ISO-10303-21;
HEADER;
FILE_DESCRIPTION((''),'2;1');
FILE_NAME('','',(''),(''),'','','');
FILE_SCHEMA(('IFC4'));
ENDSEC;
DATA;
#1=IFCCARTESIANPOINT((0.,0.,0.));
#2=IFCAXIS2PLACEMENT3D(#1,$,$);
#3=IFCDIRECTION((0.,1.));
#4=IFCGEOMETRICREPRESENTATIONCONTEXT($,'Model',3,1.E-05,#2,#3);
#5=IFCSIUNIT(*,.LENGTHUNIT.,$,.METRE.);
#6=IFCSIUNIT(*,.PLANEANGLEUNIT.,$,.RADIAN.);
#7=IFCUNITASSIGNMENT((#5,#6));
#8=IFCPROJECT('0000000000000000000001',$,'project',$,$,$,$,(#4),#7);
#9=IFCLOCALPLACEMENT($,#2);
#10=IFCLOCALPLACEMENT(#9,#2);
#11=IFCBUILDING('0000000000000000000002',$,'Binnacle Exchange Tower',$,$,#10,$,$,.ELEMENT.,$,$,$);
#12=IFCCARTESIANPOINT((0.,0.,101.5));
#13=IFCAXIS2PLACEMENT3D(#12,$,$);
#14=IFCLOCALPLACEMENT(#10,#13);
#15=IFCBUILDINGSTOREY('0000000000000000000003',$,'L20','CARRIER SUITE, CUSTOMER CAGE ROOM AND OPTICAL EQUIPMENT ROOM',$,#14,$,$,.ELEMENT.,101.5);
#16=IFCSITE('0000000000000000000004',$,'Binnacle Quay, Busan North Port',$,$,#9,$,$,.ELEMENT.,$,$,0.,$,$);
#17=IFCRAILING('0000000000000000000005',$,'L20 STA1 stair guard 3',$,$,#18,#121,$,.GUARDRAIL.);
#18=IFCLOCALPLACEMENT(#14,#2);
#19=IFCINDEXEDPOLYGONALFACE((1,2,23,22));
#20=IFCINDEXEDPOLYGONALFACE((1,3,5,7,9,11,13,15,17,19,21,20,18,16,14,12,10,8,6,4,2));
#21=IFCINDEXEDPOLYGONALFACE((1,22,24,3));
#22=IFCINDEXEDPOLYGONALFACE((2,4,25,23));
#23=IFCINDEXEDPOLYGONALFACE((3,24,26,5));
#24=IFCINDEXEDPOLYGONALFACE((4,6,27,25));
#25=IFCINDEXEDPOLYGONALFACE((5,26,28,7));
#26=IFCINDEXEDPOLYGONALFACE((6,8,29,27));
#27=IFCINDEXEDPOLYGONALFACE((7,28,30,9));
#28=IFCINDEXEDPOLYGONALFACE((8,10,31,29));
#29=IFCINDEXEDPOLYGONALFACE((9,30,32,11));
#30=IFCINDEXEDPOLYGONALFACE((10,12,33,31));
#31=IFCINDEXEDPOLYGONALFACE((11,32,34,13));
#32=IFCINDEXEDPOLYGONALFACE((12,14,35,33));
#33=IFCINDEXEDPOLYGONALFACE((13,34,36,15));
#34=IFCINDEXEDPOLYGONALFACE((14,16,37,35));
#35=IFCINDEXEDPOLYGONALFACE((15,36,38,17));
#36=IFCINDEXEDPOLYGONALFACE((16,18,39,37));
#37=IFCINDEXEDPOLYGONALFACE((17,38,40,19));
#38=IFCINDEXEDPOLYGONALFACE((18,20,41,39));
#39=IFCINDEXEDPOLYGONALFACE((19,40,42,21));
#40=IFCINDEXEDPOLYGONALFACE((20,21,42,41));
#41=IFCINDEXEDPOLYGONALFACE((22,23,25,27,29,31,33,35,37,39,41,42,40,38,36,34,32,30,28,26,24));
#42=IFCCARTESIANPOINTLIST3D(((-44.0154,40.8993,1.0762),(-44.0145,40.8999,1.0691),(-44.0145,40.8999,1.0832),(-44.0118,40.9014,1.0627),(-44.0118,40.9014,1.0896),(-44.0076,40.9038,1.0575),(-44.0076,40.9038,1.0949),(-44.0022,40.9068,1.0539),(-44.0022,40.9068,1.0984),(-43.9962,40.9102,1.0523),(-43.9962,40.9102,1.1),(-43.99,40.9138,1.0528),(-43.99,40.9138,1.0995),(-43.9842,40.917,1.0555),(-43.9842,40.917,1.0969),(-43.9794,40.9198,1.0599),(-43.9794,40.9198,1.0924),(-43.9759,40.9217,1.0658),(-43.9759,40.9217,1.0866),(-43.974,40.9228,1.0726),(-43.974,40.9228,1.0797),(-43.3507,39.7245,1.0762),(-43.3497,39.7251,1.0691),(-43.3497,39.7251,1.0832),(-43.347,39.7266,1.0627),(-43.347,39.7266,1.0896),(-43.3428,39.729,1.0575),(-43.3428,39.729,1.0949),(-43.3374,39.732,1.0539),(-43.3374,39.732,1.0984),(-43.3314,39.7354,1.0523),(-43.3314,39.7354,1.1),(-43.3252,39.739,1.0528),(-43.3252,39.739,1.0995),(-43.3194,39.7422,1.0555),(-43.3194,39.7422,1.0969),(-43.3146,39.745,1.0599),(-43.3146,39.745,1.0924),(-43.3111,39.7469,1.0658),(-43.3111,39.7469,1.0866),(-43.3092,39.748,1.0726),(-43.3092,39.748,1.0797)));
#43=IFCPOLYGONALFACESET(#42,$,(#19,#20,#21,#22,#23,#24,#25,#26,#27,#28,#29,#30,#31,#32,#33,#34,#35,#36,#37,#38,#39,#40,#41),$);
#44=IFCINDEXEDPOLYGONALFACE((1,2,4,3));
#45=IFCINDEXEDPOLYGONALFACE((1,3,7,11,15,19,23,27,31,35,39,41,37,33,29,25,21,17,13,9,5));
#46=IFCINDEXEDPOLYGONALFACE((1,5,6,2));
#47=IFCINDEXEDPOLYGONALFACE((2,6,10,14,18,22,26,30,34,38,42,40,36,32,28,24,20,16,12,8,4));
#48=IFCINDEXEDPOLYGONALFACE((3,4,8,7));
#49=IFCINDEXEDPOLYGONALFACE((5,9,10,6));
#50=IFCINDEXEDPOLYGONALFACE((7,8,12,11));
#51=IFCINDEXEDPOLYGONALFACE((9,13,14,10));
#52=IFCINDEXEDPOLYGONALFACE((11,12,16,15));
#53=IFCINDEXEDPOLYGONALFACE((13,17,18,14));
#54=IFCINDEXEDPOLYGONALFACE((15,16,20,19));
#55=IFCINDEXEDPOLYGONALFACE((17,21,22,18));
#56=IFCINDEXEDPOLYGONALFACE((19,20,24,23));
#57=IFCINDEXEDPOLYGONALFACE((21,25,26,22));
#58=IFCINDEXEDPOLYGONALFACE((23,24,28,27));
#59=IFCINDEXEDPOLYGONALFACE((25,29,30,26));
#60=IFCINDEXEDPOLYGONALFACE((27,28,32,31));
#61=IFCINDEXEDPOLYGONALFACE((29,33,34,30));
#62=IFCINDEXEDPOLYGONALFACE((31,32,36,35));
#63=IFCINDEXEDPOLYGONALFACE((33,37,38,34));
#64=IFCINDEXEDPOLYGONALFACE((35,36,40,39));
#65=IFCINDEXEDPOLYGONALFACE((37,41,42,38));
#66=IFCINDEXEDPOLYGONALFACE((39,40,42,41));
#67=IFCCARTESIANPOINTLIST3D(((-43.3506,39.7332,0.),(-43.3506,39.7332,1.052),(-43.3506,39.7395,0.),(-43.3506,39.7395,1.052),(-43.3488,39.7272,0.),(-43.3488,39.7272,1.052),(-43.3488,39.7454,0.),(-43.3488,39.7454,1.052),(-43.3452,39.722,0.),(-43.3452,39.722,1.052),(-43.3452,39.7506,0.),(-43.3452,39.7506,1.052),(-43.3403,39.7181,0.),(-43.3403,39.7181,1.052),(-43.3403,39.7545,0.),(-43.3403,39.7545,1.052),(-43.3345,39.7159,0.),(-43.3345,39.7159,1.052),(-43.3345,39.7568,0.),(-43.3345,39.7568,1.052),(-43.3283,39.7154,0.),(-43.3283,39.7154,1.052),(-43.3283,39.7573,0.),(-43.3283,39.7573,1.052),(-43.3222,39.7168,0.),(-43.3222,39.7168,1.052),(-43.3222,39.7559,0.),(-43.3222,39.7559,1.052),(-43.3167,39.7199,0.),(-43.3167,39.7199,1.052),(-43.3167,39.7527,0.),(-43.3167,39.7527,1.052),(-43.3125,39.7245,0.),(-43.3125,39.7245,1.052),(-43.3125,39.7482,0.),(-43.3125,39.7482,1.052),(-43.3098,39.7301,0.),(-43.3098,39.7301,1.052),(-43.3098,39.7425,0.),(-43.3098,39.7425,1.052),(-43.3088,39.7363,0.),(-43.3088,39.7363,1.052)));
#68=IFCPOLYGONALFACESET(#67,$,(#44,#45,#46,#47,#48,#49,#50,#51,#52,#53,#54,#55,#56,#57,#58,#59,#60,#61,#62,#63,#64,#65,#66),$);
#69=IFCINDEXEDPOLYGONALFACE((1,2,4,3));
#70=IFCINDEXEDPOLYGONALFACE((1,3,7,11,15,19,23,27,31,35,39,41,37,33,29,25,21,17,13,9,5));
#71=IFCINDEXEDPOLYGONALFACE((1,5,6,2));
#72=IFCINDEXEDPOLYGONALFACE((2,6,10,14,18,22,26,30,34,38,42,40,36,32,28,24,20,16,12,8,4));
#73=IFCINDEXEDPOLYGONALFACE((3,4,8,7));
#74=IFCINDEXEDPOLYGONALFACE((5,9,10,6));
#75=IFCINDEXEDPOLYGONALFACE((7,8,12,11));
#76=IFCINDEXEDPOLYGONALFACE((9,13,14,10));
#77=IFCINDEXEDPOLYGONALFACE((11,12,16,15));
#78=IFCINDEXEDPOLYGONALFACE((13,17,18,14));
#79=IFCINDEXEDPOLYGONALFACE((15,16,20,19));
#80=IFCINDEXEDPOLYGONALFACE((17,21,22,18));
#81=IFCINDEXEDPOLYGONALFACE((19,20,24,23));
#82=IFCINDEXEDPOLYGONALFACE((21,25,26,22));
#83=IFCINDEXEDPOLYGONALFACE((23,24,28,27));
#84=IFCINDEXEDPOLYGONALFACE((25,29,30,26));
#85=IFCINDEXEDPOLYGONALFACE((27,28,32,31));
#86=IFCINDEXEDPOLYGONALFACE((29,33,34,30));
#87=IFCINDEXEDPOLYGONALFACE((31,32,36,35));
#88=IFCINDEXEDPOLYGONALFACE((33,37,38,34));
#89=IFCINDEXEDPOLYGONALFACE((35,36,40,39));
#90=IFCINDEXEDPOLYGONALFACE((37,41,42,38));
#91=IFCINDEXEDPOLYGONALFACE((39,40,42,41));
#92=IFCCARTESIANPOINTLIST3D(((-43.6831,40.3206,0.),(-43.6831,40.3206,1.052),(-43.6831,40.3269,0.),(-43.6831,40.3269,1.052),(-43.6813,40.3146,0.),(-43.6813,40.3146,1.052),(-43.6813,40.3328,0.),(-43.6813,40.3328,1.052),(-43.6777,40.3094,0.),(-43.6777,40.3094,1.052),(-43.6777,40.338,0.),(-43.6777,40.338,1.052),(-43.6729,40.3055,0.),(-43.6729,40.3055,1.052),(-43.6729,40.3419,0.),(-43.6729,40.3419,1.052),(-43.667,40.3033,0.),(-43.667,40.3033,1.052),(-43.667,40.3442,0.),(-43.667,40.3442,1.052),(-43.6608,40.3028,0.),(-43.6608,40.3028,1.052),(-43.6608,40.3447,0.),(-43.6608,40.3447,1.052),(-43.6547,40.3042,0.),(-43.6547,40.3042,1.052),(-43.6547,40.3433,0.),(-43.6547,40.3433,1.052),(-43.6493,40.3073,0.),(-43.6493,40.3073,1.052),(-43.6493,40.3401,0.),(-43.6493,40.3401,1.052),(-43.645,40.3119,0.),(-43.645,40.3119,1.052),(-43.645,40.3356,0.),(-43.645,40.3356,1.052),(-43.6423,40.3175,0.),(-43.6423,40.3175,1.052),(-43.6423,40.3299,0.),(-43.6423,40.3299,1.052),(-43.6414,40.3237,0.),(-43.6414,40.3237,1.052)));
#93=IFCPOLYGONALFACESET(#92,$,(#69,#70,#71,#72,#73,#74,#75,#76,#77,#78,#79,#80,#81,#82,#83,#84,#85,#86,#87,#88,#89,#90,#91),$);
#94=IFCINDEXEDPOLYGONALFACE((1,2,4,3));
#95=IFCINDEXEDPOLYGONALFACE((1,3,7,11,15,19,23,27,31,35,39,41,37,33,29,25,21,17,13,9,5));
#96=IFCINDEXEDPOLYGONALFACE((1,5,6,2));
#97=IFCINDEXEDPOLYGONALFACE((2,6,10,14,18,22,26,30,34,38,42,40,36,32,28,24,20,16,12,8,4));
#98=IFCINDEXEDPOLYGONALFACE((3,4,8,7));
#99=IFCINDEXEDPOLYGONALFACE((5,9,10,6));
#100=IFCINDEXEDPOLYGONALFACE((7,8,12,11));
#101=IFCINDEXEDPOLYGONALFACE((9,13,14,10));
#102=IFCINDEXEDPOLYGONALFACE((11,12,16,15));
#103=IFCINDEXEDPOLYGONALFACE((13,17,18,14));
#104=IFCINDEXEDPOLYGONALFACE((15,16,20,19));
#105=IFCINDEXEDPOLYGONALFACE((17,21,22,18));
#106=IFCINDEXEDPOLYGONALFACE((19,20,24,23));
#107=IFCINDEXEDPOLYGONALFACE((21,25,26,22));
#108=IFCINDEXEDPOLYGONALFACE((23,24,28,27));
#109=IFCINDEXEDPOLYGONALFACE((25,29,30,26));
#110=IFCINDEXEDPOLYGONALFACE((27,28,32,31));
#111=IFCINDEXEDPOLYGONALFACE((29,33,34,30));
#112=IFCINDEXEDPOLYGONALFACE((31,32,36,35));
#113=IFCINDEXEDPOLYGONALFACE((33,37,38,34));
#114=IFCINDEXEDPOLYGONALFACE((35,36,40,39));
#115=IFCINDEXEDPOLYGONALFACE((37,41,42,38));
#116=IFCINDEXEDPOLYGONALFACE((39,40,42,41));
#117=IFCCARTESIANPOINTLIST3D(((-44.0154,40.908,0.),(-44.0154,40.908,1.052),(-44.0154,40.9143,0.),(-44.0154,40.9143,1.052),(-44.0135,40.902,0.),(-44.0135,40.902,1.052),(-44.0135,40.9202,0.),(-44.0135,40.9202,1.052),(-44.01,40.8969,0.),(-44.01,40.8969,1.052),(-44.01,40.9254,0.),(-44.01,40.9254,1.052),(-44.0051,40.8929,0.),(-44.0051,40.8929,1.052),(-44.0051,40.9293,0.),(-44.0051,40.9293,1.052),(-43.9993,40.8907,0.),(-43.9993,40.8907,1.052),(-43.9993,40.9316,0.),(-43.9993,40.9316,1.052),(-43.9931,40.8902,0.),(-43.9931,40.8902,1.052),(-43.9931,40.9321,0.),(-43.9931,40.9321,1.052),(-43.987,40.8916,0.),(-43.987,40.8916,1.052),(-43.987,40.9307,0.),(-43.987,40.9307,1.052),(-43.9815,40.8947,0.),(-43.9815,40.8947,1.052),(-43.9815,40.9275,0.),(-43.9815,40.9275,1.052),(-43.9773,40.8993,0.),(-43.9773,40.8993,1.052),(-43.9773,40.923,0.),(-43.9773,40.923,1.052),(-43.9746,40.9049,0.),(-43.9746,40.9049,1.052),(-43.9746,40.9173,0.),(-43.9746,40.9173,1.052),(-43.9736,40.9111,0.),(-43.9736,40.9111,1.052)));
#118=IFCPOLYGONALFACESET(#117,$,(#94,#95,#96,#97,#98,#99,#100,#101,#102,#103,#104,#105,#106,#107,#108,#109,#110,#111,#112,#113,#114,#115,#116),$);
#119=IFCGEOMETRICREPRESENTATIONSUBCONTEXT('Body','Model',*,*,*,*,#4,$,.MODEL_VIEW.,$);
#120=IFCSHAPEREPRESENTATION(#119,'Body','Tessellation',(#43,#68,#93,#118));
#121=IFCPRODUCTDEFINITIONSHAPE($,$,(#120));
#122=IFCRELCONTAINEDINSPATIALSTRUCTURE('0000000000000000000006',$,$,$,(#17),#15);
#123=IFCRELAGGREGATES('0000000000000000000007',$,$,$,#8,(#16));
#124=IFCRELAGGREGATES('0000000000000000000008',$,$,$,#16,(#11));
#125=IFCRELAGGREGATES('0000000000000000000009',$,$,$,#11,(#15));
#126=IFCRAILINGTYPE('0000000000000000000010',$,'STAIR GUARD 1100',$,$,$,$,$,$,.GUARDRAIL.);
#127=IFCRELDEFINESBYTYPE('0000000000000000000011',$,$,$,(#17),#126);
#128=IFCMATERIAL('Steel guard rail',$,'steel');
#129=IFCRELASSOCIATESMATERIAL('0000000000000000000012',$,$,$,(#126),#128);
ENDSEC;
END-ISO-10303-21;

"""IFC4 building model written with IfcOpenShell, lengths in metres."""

from ifc_helpers import new_model, si_unit, direction, frame, origin, origin_2d, place, context, subcontext, project, spatial, circle, extrude, material, type_object, element, save


model = new_model("IFC4")

# Units and contexts
model_context = context("Model", 3, precision=1e-05, world=origin(), true_north=direction((0.0, 1.0)))
body_context = subcontext(model_context, "Body", "Model", "MODEL_VIEW")
ifc_project = project(units=[si_unit("LENGTHUNIT", "METRE"), si_unit("PLANEANGLEUNIT", "RADIAN")], contexts=[model_context])

# Site, building, storey
site_placement = place(None, origin())
site = spatial("IfcSite", under=ifc_project, at=site_placement, Name="Binnacle Quay, Busan North Port", CompositionType="ELEMENT", RefElevation=0.0)
building_placement = place(site_placement, origin())
building = spatial("IfcBuilding", under=site, at=building_placement, Name="Binnacle Exchange Tower", CompositionType="ELEMENT")
storey_placement = place(building_placement, frame((0.0, 0.0, 101.5)))
storey = spatial("IfcBuildingStorey", under=building, at=storey_placement, Name="L20", Description="CARRIER SUITE, CUSTOMER CAGE ROOM AND OPTICAL EQUIPMENT ROOM", CompositionType="ELEMENT", Elevation=101.5)

# Railing
ifc_material_1 = material(Name="Steel guard rail", Category="steel")
railing_type_1 = type_object("IfcRailingType", Name="STAIR GUARD 1100", PredefinedType="GUARDRAIL", material=ifc_material_1)
railing_1_placement = place(storey_placement, frame((-43.3298, 39.7363, 0.0)))
element("IfcRailing", 1, at=railing_1_placement, inside=storey, type_object=railing_type_1, Name="L20 STA1 stair guard 3", PredefinedType="GUARDRAIL", context=body_context, shape_type="SweptSolid", body=[
    extrude(circle(Radius=0.0239, at=origin_2d()), frame((0.0, 0.0, 1.0762), z_axis=(-0.492492, 0.870317, 0.0), x_axis=(-0.870317, -0.492492, 0.0)), (0.0, 0.0, 1.0), 1.3499),
    extrude(circle(Radius=0.021, at=origin_2d()), origin(), (0.0, 0.0, 1.0), 1.052),
    extrude(circle(Radius=0.021, at=origin_2d()), frame((-0.3325, 0.5874, 0.0)), (0.0, 0.0, 1.0), 1.052),
    extrude(circle(Radius=0.021, at=origin_2d()), frame((-0.6648, 1.1748, 0.0)), (0.0, 0.0, 1.0), 1.052),
])

save(model, "model.ifc")
